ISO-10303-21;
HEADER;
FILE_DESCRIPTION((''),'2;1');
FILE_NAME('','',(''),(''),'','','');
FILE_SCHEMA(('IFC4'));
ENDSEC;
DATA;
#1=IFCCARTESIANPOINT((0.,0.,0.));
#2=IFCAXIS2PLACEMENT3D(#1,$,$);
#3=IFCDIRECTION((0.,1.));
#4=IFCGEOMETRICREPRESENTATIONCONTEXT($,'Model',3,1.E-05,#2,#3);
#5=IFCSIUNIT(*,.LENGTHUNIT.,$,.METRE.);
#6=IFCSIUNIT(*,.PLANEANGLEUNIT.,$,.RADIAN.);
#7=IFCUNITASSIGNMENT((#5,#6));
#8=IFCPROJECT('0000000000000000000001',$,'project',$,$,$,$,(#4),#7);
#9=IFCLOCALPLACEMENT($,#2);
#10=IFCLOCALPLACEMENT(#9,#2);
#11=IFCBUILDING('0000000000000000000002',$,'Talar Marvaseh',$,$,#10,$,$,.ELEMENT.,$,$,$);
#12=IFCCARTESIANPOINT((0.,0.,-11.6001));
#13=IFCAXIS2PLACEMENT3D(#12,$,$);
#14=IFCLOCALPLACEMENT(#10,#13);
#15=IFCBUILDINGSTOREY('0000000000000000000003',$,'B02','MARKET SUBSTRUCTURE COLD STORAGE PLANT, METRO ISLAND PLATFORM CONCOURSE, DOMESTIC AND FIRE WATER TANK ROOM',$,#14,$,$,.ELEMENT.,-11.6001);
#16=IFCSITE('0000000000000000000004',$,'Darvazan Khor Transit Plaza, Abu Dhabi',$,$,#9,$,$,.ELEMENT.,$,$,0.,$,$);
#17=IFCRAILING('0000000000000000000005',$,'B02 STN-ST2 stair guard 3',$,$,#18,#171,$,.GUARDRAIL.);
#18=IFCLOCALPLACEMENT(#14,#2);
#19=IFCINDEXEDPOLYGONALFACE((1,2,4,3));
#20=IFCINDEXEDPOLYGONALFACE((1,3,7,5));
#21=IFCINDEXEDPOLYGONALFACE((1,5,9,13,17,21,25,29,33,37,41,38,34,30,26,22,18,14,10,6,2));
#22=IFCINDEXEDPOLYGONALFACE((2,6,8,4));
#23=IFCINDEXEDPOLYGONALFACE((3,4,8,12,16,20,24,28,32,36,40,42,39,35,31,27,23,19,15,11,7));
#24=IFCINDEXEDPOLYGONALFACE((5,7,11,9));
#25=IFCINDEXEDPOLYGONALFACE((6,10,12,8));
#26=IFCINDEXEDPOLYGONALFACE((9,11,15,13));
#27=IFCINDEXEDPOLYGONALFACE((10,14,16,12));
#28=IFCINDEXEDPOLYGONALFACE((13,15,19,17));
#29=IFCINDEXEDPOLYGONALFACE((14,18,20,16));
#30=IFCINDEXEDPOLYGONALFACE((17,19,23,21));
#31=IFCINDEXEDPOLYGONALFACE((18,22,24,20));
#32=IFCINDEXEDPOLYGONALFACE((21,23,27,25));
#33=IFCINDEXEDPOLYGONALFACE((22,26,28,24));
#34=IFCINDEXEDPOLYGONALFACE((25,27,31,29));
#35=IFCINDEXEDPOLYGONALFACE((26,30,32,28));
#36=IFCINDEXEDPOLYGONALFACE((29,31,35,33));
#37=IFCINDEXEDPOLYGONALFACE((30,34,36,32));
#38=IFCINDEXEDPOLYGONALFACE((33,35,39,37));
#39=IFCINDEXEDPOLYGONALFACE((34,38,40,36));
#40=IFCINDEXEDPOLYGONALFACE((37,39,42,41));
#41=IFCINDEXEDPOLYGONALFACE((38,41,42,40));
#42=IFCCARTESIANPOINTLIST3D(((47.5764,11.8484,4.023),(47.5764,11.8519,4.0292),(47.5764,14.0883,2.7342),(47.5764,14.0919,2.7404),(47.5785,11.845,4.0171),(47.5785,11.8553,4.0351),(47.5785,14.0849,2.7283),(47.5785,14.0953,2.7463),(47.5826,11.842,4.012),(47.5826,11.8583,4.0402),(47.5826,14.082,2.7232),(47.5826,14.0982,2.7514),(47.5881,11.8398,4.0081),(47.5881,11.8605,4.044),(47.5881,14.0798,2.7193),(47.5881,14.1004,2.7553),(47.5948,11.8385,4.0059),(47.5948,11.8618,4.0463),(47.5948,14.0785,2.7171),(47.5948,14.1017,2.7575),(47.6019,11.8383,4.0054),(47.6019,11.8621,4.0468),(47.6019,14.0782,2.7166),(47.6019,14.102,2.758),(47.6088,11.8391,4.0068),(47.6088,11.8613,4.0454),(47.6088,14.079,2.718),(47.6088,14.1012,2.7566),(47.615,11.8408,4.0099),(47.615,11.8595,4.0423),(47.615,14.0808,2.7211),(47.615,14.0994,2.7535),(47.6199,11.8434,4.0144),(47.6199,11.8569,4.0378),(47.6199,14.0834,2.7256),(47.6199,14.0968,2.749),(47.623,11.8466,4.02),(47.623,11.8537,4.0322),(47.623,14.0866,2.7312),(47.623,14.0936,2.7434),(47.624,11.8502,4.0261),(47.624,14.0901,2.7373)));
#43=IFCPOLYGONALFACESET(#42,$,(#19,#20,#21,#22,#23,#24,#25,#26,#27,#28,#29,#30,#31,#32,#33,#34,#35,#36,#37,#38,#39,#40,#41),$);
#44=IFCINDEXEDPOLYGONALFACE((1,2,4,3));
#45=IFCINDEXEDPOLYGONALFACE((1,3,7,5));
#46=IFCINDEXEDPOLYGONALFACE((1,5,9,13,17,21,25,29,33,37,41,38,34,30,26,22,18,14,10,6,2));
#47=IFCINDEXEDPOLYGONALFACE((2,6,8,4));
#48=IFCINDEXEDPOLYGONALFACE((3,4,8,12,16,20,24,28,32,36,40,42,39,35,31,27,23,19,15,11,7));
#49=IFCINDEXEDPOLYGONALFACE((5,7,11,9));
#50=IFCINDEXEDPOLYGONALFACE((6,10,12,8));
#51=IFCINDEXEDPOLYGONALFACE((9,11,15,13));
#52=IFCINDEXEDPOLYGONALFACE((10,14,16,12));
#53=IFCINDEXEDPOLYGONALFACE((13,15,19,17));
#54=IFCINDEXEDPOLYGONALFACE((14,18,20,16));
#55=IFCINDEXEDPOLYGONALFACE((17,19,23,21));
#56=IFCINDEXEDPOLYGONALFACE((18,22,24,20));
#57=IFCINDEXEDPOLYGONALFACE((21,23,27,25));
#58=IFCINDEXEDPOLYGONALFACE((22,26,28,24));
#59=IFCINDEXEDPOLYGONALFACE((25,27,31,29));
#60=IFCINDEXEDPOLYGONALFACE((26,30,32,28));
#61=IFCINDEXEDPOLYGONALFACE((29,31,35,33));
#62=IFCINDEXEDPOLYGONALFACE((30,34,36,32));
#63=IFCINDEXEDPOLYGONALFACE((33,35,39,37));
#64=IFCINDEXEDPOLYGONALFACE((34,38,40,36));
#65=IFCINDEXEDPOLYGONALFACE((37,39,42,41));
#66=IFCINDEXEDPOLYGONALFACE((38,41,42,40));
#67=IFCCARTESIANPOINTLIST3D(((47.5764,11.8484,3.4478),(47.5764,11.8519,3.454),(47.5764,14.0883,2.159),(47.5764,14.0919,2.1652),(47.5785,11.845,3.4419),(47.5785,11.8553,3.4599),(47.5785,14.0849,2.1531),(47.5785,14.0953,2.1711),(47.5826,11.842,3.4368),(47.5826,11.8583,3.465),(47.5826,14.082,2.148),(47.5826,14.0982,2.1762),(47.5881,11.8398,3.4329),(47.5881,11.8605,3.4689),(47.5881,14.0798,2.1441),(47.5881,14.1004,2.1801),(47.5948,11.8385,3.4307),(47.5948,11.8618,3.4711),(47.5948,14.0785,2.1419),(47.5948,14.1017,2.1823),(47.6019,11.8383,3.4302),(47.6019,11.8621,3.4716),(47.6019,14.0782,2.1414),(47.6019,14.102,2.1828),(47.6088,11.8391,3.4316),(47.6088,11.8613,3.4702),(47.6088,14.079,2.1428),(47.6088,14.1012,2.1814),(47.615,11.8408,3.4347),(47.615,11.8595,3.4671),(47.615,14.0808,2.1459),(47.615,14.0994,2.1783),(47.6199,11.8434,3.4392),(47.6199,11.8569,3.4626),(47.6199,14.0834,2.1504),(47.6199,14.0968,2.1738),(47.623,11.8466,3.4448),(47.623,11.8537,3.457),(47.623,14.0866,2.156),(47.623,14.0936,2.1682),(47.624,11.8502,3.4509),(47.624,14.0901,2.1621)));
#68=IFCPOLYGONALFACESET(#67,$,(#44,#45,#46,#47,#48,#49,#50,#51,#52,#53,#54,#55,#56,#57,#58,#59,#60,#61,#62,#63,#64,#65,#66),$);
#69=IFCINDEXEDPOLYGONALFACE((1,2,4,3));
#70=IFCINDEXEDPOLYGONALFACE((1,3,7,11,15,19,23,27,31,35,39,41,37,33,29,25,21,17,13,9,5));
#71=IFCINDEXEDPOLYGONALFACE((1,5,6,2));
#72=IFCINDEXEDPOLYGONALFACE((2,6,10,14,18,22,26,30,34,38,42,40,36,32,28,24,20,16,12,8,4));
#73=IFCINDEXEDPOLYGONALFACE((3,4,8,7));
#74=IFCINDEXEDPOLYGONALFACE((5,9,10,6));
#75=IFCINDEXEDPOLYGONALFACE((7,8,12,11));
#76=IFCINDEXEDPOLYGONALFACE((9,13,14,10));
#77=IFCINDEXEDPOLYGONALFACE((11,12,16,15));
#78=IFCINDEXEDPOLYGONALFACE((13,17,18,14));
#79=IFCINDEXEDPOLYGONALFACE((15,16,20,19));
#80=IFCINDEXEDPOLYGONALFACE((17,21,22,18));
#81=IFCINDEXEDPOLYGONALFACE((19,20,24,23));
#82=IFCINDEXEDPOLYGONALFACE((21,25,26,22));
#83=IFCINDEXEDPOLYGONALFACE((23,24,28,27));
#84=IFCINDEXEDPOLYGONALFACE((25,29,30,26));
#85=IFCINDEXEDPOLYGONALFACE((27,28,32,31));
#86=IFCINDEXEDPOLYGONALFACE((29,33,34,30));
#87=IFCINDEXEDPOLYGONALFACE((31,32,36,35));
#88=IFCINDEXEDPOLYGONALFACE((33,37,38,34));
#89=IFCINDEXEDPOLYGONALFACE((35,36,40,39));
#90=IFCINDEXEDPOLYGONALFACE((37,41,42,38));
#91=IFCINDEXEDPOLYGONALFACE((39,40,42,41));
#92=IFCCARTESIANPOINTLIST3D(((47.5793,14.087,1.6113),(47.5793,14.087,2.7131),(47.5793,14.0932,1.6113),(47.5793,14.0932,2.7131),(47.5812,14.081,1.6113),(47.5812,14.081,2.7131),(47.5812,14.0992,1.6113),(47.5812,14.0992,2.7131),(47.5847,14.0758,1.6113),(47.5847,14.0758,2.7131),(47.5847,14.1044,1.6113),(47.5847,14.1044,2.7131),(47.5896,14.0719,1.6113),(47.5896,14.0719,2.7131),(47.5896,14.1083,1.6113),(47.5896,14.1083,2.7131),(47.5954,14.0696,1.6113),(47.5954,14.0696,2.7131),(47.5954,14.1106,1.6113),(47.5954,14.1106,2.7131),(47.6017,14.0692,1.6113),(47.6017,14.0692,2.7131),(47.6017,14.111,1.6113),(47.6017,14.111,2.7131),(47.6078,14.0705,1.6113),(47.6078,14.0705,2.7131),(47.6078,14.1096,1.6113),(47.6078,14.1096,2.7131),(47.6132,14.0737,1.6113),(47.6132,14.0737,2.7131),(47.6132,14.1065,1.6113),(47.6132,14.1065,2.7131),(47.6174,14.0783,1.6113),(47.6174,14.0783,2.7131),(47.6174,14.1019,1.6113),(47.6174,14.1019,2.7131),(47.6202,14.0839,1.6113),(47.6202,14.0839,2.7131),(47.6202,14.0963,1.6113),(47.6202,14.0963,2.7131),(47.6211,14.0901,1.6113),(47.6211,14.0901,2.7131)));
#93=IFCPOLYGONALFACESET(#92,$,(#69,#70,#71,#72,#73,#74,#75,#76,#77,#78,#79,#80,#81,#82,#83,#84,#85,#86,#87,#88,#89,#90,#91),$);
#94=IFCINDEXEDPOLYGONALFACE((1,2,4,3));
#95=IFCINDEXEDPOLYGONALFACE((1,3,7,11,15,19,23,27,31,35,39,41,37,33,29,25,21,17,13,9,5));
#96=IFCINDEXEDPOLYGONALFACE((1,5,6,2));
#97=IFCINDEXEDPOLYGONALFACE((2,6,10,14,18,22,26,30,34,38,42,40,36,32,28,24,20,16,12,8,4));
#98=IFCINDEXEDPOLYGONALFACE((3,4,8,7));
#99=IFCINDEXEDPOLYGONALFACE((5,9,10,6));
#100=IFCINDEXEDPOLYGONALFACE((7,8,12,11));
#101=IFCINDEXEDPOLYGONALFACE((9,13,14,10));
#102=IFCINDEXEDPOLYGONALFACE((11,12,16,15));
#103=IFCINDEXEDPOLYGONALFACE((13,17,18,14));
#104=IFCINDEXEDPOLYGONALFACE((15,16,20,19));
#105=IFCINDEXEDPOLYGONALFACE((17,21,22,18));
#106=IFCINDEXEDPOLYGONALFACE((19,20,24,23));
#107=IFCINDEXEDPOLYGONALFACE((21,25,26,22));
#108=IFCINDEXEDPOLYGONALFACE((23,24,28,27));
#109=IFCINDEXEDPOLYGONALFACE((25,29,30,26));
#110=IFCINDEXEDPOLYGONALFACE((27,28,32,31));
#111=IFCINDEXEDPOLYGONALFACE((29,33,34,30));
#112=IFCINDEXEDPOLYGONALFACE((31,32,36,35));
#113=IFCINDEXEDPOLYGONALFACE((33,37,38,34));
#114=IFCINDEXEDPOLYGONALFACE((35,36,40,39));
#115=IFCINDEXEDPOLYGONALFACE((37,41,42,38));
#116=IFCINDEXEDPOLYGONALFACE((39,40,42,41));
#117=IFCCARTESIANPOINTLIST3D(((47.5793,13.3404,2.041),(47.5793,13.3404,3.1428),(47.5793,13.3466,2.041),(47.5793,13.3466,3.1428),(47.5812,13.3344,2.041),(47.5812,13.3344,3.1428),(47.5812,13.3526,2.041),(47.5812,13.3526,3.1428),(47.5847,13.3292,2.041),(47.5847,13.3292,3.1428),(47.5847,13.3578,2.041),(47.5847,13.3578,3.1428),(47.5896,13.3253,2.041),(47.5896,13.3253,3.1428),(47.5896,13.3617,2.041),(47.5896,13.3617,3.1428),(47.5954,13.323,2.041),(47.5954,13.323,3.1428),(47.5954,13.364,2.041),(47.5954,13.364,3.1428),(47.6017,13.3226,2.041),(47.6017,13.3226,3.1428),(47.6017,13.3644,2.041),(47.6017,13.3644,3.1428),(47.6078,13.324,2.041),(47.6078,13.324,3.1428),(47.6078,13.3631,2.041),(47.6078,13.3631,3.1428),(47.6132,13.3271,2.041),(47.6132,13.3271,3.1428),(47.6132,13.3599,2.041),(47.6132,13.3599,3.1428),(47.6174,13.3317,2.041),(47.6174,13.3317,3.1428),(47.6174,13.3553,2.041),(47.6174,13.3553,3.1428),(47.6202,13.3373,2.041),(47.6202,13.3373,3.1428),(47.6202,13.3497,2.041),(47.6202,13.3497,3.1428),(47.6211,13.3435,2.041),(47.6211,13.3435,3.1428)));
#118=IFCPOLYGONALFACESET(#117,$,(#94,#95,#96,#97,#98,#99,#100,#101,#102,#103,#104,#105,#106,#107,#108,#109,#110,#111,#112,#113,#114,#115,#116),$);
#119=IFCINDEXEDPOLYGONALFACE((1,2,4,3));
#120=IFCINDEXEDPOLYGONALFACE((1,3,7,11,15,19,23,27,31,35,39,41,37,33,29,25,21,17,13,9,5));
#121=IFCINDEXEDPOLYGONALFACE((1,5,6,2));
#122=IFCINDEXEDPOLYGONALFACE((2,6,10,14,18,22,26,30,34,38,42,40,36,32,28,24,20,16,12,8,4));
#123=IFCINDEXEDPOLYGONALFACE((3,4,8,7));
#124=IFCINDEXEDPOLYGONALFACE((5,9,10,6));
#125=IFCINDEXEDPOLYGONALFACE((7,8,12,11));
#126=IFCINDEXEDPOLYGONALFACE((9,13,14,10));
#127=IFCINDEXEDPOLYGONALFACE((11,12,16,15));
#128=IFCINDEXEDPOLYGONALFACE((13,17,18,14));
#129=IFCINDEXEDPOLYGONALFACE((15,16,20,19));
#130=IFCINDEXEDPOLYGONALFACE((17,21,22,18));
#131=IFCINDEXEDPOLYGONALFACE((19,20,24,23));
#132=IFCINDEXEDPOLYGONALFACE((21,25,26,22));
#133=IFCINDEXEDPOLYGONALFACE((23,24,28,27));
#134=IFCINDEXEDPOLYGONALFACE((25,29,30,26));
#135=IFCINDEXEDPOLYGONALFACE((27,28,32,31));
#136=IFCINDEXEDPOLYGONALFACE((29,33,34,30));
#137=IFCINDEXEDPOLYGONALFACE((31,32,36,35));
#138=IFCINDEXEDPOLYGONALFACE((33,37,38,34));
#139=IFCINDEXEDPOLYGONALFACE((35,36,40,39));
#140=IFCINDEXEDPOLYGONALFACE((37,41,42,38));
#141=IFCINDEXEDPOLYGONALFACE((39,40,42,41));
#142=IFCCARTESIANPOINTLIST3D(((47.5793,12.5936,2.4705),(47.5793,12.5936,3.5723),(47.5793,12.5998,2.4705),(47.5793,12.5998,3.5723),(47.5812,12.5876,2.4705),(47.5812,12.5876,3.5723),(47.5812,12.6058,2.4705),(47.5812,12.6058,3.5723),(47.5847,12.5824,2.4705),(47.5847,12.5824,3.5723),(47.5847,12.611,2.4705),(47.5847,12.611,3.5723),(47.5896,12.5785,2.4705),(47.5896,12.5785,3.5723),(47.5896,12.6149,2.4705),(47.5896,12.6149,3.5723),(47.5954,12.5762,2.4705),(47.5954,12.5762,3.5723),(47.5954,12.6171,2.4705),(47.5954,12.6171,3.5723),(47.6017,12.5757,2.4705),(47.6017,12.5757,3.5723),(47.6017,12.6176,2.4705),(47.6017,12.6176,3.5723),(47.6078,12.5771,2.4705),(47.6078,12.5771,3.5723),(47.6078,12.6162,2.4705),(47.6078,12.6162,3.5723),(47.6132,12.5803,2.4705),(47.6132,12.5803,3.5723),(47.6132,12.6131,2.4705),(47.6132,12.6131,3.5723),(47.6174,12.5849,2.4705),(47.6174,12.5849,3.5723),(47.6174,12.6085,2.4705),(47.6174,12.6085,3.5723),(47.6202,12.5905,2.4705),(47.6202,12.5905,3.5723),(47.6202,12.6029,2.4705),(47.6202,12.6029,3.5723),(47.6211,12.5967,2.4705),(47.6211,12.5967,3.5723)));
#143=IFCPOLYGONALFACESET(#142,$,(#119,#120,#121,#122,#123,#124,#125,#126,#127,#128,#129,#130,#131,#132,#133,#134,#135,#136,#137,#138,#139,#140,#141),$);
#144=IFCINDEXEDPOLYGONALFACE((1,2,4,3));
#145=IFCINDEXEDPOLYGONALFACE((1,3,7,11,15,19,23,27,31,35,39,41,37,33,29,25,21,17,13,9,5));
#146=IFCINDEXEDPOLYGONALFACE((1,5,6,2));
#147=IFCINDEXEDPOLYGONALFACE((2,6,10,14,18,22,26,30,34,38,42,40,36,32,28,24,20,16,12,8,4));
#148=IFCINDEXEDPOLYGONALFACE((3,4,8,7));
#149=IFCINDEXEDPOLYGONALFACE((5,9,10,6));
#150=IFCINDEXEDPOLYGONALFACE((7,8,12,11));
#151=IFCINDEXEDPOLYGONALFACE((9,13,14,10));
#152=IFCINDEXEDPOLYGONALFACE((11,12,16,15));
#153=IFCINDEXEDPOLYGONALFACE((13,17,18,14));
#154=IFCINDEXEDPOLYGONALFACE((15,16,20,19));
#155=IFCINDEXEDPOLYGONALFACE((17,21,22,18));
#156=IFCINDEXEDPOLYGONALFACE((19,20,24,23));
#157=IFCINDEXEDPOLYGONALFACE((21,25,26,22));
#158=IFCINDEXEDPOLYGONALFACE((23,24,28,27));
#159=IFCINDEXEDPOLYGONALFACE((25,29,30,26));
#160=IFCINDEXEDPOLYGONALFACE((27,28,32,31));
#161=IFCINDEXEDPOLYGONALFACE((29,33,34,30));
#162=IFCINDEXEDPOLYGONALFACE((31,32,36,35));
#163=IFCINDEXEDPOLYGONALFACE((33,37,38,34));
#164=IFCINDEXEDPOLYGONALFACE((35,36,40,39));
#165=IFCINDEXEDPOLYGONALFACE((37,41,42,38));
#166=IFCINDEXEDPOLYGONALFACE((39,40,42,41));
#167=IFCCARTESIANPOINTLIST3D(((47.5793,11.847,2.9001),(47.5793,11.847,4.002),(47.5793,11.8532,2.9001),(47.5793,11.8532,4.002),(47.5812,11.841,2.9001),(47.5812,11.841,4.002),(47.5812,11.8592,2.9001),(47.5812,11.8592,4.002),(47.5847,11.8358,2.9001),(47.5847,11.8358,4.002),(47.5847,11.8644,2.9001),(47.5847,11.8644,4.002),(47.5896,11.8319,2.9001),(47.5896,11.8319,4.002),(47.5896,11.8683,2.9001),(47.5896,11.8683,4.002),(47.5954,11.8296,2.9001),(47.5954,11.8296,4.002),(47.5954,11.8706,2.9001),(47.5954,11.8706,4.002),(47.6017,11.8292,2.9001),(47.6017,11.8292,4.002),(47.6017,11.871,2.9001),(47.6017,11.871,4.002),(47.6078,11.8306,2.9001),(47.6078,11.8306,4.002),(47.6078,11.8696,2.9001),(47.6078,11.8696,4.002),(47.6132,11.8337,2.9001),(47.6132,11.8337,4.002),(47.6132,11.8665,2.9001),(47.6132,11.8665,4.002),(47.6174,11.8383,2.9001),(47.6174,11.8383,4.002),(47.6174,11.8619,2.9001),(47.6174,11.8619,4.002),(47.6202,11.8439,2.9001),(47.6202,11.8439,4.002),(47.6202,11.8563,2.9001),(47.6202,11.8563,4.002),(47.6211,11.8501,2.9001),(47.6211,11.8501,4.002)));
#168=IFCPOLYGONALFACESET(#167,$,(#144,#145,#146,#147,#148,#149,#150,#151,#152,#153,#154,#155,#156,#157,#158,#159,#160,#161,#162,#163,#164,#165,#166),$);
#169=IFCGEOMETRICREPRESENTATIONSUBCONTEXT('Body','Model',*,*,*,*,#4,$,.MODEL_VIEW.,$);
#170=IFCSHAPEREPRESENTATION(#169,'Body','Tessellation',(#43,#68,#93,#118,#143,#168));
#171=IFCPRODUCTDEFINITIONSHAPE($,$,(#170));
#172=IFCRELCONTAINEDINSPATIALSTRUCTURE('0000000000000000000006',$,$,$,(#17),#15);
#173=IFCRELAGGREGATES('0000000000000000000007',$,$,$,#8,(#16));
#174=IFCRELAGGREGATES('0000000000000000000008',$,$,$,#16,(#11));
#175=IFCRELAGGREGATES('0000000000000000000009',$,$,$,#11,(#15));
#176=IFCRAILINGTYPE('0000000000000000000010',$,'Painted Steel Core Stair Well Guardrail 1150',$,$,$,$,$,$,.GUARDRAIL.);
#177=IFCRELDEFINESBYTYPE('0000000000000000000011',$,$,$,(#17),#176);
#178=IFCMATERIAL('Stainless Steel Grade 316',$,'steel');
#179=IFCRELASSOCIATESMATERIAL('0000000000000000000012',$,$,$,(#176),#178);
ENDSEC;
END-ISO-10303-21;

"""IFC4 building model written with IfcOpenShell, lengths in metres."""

from ifc_helpers import new_model, si_unit, direction, frame, origin, origin_2d, place, context, subcontext, project, spatial, circle, extrude, material, type_object, element, save


model = new_model("IFC4")

# Units and contexts
model_context = context("Model", 3, precision=1e-05, world=origin(), true_north=direction((0.0, 1.0)))
body_context = subcontext(model_context, "Body", "Model", "MODEL_VIEW")
ifc_project = project(units=[si_unit("LENGTHUNIT", "METRE"), si_unit("PLANEANGLEUNIT", "RADIAN")], contexts=[model_context])

# Site, building, storey
site_placement = place(None, origin())
site = spatial("IfcSite", under=ifc_project, at=site_placement, Name="Darvazan Khor Transit Plaza, Abu Dhabi", CompositionType="ELEMENT", RefElevation=0.0)
building_placement = place(site_placement, origin())
building = spatial("IfcBuilding", under=site, at=building_placement, Name="Talar Marvaseh", CompositionType="ELEMENT")
storey_placement = place(building_placement, frame((0.0, 0.0, -11.6001)))
storey = spatial("IfcBuildingStorey", under=building, at=storey_placement, Name="B02", Description="MARKET SUBSTRUCTURE COLD STORAGE PLANT, METRO ISLAND PLATFORM CONCOURSE, DOMESTIC AND FIRE WATER TANK ROOM", CompositionType="ELEMENT", Elevation=-11.6001)

# Railing
ifc_material_1 = material(Name="Stainless Steel Grade 316", Category="steel")
railing_type = type_object("IfcRailingType", Name="Painted Steel Core Stair Well Guardrail 1150", PredefinedType="GUARDRAIL", material=ifc_material_1)
railing_1_placement = place(storey_placement, frame((47.6001, 14.0901, 1.6113)))
element("IfcRailing", 1, at=railing_1_placement, inside=storey, type_object=railing_type, Name="B02 STN-ST2 stair guard 3", PredefinedType="GUARDRAIL", context=body_context, shape_type="SweptSolid", body=[
    extrude(circle(Radius=0.0239, at=origin_2d()), frame((0.0, 0.0, 1.126), z_axis=(0.0, -0.866768, 0.498711), x_axis=(1.0, 0.0, 0.0)), (0.0, 0.0, 1.0), 2.5842),
    extrude(circle(Radius=0.0239, at=origin_2d()), frame((0.0, 0.0, 0.5508), z_axis=(0.0, -0.866768, 0.498711), x_axis=(1.0, 0.0, 0.0)), (0.0, 0.0, 1.0), 2.5842),
    extrude(circle(Radius=0.021, at=origin_2d()), origin(), (0.0, 0.0, 1.0), 1.1018),
    extrude(circle(Radius=0.021, at=origin_2d()), frame((0.0, -0.7466, 0.4297)), (0.0, 0.0, 1.0), 1.1018),
    extrude(circle(Radius=0.021, at=origin_2d()), frame((0.0, -1.4934, 0.8591)), (0.0, 0.0, 1.0), 1.1018),
    extrude(circle(Radius=0.021, at=origin_2d()), frame((0.0, -2.24, 1.2888)), (0.0, 0.0, 1.0), 1.1018),
])

save(model, "model.ifc")
